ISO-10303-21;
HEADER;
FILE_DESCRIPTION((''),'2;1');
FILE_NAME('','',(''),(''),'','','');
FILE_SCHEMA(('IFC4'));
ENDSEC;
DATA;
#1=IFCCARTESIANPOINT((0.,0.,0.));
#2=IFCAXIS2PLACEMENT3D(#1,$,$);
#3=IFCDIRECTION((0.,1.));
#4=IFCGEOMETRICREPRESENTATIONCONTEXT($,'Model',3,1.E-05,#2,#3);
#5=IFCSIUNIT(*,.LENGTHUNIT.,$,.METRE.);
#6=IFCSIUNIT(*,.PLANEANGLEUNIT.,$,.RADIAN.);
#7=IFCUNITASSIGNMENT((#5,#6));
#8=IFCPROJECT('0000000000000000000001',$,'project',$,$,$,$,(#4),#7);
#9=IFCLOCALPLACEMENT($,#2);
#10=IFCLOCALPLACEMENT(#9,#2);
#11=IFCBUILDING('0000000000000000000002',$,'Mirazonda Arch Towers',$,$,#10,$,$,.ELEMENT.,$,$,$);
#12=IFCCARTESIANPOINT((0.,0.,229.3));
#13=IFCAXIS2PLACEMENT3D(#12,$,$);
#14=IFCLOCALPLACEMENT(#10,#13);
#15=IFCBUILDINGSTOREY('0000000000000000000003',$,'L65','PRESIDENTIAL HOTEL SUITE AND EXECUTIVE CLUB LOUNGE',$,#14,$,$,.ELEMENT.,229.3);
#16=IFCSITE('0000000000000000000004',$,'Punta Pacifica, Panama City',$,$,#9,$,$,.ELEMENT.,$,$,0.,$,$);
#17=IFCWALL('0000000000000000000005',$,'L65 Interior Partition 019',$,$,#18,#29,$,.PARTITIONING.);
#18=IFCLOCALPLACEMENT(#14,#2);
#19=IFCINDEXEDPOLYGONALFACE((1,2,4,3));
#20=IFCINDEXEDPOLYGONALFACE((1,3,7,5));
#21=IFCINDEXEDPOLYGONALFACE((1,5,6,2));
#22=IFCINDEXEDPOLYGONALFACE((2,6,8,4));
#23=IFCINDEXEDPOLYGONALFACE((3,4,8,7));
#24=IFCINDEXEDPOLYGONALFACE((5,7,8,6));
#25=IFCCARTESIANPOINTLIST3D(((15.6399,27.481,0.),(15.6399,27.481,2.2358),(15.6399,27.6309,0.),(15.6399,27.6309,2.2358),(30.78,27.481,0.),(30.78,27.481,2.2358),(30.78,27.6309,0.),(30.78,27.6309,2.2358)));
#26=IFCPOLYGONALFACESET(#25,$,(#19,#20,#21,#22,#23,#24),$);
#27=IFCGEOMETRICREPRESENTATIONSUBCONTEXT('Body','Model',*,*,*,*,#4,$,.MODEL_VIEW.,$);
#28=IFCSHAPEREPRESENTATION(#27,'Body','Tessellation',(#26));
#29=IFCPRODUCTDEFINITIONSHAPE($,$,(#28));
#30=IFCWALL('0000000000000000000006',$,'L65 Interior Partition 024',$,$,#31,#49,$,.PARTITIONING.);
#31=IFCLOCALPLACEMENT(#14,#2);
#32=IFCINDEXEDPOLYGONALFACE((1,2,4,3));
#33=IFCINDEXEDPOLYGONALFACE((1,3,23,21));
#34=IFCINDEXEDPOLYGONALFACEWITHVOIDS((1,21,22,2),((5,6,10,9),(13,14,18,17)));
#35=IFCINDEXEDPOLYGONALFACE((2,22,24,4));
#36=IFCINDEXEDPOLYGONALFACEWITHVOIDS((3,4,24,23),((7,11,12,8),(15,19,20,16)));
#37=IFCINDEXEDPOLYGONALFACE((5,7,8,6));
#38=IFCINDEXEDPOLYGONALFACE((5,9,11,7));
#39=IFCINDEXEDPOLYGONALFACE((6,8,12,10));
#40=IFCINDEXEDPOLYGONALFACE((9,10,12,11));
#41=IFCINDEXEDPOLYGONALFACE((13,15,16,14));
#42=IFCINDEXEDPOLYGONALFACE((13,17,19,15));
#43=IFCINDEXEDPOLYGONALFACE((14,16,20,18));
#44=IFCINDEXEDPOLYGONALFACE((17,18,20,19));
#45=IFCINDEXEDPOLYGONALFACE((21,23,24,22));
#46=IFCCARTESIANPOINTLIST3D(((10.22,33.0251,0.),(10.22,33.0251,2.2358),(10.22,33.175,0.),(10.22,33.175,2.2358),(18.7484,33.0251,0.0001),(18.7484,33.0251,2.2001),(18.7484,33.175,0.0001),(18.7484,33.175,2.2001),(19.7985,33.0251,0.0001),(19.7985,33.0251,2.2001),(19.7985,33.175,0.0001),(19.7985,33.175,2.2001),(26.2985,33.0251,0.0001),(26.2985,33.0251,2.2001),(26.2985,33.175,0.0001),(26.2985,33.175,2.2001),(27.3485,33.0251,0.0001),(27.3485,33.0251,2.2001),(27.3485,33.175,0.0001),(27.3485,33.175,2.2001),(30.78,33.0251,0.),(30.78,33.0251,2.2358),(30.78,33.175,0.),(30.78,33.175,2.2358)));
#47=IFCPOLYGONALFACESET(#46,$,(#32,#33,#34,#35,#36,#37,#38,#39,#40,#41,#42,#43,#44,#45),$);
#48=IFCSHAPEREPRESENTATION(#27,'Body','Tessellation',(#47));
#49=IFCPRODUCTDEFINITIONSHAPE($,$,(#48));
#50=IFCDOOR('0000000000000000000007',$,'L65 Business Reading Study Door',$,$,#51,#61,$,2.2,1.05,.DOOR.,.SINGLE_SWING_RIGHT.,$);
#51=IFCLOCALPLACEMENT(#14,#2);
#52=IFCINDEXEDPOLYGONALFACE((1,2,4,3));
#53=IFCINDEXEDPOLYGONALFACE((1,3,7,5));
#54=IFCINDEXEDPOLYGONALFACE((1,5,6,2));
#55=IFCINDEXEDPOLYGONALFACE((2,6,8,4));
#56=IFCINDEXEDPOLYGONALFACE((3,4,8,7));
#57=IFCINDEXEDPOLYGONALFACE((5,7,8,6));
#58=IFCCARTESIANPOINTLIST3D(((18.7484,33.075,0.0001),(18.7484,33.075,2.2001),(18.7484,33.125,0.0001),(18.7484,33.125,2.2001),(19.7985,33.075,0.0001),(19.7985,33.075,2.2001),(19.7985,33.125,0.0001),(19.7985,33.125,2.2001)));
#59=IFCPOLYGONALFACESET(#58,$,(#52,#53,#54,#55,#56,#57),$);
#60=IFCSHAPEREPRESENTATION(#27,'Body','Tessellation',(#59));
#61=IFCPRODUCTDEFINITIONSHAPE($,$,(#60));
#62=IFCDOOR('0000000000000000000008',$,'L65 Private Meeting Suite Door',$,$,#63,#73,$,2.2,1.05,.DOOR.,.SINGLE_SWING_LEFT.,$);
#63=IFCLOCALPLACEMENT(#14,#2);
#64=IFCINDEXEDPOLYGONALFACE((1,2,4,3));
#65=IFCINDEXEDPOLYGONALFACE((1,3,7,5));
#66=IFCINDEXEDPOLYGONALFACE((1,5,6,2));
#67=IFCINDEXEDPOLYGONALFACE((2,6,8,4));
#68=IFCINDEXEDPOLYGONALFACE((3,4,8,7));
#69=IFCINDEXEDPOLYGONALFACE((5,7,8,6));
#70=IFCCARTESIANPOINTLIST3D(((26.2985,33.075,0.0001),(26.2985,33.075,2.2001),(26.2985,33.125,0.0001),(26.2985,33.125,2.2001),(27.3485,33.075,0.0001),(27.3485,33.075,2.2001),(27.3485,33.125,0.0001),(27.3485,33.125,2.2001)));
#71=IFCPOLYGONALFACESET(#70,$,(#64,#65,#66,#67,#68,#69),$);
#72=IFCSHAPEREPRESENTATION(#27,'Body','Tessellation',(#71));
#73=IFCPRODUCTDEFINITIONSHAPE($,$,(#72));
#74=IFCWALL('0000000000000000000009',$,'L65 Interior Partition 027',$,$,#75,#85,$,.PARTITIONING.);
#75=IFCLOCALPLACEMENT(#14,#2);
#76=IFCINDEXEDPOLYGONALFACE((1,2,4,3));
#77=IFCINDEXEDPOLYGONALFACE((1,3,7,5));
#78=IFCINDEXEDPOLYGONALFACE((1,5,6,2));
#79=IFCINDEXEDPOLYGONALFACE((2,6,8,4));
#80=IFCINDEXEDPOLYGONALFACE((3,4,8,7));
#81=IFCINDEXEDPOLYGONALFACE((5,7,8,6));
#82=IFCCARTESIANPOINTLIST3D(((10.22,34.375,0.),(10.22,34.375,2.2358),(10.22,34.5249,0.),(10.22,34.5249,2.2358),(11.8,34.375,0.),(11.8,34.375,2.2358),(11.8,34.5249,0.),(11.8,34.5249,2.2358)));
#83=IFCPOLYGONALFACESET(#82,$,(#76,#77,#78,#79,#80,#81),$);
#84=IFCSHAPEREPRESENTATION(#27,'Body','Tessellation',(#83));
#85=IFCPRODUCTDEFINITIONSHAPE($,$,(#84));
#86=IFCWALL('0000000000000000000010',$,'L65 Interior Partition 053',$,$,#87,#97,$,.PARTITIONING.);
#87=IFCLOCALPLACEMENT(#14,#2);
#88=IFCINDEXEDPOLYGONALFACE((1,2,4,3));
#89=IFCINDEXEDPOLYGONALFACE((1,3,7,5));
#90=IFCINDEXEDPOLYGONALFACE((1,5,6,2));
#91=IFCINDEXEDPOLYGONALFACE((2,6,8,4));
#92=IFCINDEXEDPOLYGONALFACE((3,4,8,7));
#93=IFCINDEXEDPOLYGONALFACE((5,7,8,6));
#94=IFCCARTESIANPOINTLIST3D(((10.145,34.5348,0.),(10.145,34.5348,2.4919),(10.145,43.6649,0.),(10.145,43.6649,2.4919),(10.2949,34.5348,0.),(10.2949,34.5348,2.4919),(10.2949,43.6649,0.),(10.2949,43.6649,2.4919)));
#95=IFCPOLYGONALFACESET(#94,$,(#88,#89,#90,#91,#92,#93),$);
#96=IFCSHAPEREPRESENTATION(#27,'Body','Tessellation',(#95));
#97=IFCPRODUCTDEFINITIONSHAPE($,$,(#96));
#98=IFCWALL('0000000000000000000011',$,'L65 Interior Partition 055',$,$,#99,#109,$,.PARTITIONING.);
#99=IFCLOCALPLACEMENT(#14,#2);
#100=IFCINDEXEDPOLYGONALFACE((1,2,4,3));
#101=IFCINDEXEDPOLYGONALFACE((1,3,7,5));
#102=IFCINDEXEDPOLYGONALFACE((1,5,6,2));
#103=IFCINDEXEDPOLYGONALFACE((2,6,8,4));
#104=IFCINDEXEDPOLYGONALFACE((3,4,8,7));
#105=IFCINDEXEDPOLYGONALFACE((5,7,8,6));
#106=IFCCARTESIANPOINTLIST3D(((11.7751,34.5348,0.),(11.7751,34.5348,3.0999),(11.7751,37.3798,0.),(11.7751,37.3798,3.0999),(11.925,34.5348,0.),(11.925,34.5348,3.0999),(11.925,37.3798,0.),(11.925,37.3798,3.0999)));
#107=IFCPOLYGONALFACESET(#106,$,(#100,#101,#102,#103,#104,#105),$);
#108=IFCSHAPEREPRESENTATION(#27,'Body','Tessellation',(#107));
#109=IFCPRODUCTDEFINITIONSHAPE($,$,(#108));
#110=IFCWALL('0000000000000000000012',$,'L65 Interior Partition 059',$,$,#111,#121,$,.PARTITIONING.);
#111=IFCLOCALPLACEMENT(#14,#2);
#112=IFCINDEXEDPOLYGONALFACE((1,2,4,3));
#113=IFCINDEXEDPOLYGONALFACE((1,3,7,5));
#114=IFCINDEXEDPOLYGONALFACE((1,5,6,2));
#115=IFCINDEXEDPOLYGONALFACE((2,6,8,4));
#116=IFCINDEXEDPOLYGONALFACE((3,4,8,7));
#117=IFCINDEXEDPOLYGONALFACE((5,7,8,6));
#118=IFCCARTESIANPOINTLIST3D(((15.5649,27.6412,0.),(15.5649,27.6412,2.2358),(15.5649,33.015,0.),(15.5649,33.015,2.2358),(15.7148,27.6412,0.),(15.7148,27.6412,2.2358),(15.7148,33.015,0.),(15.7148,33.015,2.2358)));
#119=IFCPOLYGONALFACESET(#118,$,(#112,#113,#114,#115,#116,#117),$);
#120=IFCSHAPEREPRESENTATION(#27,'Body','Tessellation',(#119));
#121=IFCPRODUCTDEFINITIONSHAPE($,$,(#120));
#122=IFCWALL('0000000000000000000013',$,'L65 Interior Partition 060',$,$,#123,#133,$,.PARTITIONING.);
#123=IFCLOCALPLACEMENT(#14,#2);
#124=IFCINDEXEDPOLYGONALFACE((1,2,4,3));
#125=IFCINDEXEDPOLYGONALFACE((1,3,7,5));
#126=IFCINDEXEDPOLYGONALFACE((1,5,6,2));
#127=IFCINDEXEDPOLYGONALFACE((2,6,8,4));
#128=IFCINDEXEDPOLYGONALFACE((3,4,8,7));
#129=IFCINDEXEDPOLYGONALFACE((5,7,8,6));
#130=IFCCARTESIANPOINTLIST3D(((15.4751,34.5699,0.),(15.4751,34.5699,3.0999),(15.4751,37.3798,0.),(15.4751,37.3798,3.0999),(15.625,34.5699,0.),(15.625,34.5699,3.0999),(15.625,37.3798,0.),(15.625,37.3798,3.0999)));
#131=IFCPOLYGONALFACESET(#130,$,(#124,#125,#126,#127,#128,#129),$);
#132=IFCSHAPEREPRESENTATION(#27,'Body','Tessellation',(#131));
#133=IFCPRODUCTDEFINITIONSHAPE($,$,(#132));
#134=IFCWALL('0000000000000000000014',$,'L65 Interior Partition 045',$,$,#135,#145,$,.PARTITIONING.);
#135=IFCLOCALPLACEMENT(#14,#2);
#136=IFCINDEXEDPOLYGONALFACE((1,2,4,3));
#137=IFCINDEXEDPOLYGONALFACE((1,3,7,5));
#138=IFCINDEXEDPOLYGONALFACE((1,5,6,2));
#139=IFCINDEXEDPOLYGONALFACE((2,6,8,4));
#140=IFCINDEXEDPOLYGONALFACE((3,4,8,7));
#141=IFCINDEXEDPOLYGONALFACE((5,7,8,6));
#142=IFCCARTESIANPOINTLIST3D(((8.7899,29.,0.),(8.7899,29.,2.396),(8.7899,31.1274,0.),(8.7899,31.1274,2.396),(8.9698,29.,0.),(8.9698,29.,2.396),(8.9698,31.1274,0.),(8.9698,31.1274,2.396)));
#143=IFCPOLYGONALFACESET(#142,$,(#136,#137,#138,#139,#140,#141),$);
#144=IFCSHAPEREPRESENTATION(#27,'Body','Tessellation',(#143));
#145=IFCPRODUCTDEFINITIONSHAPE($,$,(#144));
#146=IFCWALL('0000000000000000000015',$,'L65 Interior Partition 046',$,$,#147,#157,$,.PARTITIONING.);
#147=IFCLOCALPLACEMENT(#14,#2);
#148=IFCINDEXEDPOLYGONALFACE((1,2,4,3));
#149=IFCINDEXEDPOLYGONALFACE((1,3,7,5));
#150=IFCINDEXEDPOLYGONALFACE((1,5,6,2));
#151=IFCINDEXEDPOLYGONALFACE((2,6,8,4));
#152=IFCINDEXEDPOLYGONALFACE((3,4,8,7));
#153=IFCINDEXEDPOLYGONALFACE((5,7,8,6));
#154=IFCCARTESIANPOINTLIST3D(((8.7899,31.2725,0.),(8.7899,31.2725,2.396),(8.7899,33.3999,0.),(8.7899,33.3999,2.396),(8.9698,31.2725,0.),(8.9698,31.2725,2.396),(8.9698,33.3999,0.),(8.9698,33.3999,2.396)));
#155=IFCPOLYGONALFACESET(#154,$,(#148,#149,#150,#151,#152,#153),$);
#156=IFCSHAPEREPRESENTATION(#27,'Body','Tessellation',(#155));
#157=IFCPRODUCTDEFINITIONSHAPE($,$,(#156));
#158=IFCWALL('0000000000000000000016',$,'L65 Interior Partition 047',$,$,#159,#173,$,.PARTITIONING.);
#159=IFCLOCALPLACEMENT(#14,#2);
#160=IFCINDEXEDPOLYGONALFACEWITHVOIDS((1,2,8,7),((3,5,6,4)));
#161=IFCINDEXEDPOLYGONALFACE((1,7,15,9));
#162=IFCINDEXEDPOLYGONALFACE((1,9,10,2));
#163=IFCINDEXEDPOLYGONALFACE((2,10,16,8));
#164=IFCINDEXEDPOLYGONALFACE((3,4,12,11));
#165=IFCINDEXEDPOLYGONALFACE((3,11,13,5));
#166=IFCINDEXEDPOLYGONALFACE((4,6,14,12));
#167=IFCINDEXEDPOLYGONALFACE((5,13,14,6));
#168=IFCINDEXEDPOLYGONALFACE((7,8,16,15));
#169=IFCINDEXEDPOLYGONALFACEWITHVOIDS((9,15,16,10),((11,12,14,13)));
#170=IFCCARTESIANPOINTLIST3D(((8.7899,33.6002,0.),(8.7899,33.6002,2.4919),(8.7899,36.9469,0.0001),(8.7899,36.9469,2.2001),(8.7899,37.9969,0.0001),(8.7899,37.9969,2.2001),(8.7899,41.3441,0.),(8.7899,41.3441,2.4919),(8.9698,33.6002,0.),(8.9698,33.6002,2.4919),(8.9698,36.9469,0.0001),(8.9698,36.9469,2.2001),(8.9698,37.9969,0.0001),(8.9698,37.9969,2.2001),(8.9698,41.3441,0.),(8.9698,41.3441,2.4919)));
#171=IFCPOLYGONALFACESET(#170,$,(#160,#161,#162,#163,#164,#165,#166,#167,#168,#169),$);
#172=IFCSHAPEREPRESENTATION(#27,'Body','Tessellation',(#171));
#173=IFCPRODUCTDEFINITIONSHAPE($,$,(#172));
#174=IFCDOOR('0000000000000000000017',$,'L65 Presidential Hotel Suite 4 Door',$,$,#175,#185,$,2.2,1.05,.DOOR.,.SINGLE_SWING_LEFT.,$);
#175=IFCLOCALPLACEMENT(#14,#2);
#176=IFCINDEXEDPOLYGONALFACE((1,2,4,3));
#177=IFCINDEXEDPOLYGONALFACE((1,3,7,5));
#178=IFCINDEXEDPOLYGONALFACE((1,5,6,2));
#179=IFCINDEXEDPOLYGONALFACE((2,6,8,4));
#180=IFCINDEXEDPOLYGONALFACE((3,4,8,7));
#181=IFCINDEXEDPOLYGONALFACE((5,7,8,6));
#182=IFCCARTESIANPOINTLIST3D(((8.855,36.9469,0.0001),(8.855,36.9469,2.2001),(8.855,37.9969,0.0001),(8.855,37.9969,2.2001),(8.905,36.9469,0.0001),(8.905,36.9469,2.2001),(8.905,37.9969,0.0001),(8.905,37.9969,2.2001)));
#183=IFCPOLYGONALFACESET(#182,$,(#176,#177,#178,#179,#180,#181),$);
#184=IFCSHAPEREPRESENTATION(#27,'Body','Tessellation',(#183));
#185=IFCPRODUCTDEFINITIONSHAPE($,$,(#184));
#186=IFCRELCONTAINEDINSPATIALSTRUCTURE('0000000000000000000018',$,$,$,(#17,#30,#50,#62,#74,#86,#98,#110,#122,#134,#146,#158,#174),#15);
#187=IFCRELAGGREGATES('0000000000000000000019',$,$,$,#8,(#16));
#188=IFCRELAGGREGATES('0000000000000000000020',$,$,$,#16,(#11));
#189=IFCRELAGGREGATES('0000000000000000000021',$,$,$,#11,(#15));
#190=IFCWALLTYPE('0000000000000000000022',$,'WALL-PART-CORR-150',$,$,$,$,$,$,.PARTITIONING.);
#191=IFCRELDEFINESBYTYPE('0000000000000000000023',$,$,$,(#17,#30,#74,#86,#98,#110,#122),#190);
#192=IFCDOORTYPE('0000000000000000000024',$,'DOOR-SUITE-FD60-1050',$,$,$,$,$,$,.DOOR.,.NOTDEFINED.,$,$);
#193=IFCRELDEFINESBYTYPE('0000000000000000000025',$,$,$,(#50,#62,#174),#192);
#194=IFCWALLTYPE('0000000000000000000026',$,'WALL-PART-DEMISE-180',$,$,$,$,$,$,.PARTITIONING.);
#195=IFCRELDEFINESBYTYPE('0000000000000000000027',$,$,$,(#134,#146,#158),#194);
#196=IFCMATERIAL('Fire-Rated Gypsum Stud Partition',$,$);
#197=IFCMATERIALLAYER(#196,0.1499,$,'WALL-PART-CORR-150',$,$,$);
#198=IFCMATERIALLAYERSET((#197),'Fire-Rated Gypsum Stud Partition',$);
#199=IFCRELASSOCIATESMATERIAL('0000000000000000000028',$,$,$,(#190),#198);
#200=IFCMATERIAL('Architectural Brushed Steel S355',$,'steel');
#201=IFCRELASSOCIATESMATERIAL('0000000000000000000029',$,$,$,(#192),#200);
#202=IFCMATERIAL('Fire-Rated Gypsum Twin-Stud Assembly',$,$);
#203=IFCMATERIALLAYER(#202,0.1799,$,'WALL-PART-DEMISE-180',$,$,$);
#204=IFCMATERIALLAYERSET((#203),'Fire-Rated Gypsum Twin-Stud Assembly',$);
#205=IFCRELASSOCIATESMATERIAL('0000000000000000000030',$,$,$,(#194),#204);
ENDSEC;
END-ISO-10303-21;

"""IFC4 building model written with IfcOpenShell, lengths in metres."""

from ifc_helpers import new_model, si_unit, direction, frame, frame_2d, origin, place, context, subcontext, project, spatial, rectangle, extrude, material, layer, layer_set, type_object, element, fill, save


model = new_model("IFC4")

# Units and contexts
model_context = context("Model", 3, precision=1e-05, world=origin(), true_north=direction((0.0, 1.0)))
body_context = subcontext(model_context, "Body", "Model", "MODEL_VIEW")
ifc_project = project(units=[si_unit("LENGTHUNIT", "METRE"), si_unit("PLANEANGLEUNIT", "RADIAN")], contexts=[model_context])

# Site, building, storey
site_placement = place(None, origin())
site = spatial("IfcSite", under=ifc_project, at=site_placement, Name="Punta Pacifica, Panama City", CompositionType="ELEMENT", RefElevation=0.0)
building_placement = place(site_placement, origin())
building = spatial("IfcBuilding", under=site, at=building_placement, Name="Mirazonda Arch Towers", CompositionType="ELEMENT")
storey_placement = place(building_placement, frame((0.0, 0.0, 229.3)))
storey = spatial("IfcBuildingStorey", under=building, at=storey_placement, Name="L65", Description="PRESIDENTIAL HOTEL SUITE AND EXECUTIVE CLUB LOUNGE", CompositionType="ELEMENT", Elevation=229.3)

# Shared definitions
ifc_material_1 = material(Name="Architectural Brushed Steel S355", Category="steel")

# Wall
ifc_material_2 = material(Name="Fire-Rated Gypsum Stud Partition")
ifc_layer_1 = layer(ifc_material_2, 0.1499, Name="WALL-PART-CORR-150")
ifc_layer_set_1 = layer_set([ifc_layer_1], Name="Fire-Rated Gypsum Stud Partition")
wall_type_1 = type_object("IfcWallType", Name="WALL-PART-CORR-150", PredefinedType="PARTITIONING", material=ifc_layer_set_1)
wall_1_placement = place(storey_placement, frame((15.6399, 27.5559, 0.0), z_axis=(0.0, 0.0, 1.0), x_axis=(1.0, 0.0, 0.0)))
element("IfcWall", 1, at=wall_1_placement, inside=storey, type_object=wall_type_1, Name="L65 Interior Partition 019", PredefinedType="PARTITIONING", context=body_context, shape_type="SweptSolid", body=[
    extrude(rectangle(XDim=15.1401, YDim=0.1499, at=frame_2d((7.5701, 0.0))), origin(), (0.0, 0.0, 1.0), 2.2358),
])

# Wall, openings, doors
wall_2_placement = place(storey_placement, frame((10.22, 33.1001, 0.0), z_axis=(0.0, 0.0, 1.0), x_axis=(1.0, 0.0, 0.0)))
wall_2 = element("IfcWall", 2, at=wall_2_placement, inside=storey, type_object=wall_type_1, Name="L65 Interior Partition 024", PredefinedType="PARTITIONING", context=body_context, shape_type="SweptSolid", body=[
    extrude(rectangle(XDim=20.5601, YDim=0.1499, at=frame_2d((10.28, 0.0))), origin(), (0.0, 0.0, 1.0), 2.2358),
])
opening_1_placement = place(wall_2_placement, frame((8.5286, 0.0, 0.0)))
opening_1 = element("IfcOpeningElement", 3, at=opening_1_placement, cuts=wall_2, PredefinedType="OPENING", context=body_context, shape_type="SweptSolid", body=[
    extrude(rectangle(XDim=1.05, YDim=2.2, at=frame_2d((0.5249, 1.1001))), frame((0.0, 0.085, 0.0), z_axis=(0.0, -1.0, 0.0), x_axis=(1.0, 0.0, 0.0)), (0.0, 0.0, 1.0), 0.1699),
])
opening_2_placement = place(wall_2_placement, frame((16.0786, 0.0, 0.0)))
opening_2 = element("IfcOpeningElement", 4, at=opening_2_placement, cuts=wall_2, PredefinedType="OPENING", context=body_context, shape_type="SweptSolid", body=[
    extrude(rectangle(XDim=1.05, YDim=2.2, at=frame_2d((0.5249, 1.1001))), frame((0.0, 0.085, 0.0), z_axis=(0.0, -1.0, 0.0), x_axis=(1.0, 0.0, 0.0)), (0.0, 0.0, 1.0), 0.1699),
])
door_type_1 = type_object("IfcDoorType", Name="DOOR-SUITE-FD60-1050", OperationType="NOTDEFINED", PredefinedType="DOOR", material=ifc_material_1)
door_1_placement = place(opening_1_placement, origin())
door_1 = element("IfcDoor", 5, at=door_1_placement, inside=storey, type_object=door_type_1, Name="L65 Business Reading Study Door", OperationType="SINGLE_SWING_RIGHT", OverallHeight=2.2, OverallWidth=1.05, PredefinedType="DOOR", context=body_context, shape_type="SweptSolid", body=[
    extrude(rectangle(XDim=1.05, YDim=2.2, at=frame_2d((0.5249, 1.1001))), frame((0.0, 0.0249, 0.0), z_axis=(0.0, -1.0, 0.0), x_axis=(1.0, 0.0, 0.0)), (0.0, 0.0, 1.0), 0.05),
])
fill(opening_1, door_1)
door_2_placement = place(opening_2_placement, origin())
door_2 = element("IfcDoor", 6, at=door_2_placement, inside=storey, type_object=door_type_1, Name="L65 Private Meeting Suite Door", OperationType="SINGLE_SWING_LEFT", OverallHeight=2.2, OverallWidth=1.05, PredefinedType="DOOR", context=body_context, shape_type="SweptSolid", body=[
    extrude(rectangle(XDim=1.05, YDim=2.2, at=frame_2d((0.5249, 1.1001))), frame((0.0, 0.0249, 0.0), z_axis=(0.0, -1.0, 0.0), x_axis=(1.0, 0.0, 0.0)), (0.0, 0.0, 1.0), 0.05),
])
fill(opening_2, door_2)

# Walls
wall_3_placement = place(storey_placement, frame((10.22, 34.45, 0.0), z_axis=(0.0, 0.0, 1.0), x_axis=(1.0, 0.0, 0.0)))
element("IfcWall", 7, at=wall_3_placement, inside=storey, type_object=wall_type_1, Name="L65 Interior Partition 027", PredefinedType="PARTITIONING", context=body_context, shape_type="SweptSolid", body=[
    extrude(rectangle(XDim=1.5801, YDim=0.1499, at=frame_2d((0.79, 0.0))), origin(), (0.0, 0.0, 1.0), 2.2358),
])
wall_4_placement = place(storey_placement, frame((10.22, 34.5349, 0.0), z_axis=(0.0, 0.0, 1.0), x_axis=(0.0, 1.0, 0.0)))
element("IfcWall", 8, at=wall_4_placement, inside=storey, type_object=wall_type_1, Name="L65 Interior Partition 053", PredefinedType="PARTITIONING", context=body_context, shape_type="SweptSolid", body=[
    extrude(rectangle(XDim=9.1301, YDim=0.1499, at=frame_2d((4.5649, 0.0))), origin(), (0.0, 0.0, 1.0), 2.4919),
])
wall_5_placement = place(storey_placement, frame((11.8501, 34.5349, 0.0), z_axis=(0.0, 0.0, 1.0), x_axis=(0.0, 1.0, 0.0)))
element("IfcWall", 9, at=wall_5_placement, inside=storey, type_object=wall_type_1, Name="L65 Interior Partition 055", PredefinedType="PARTITIONING", context=body_context, shape_type="SweptSolid", body=[
    extrude(rectangle(XDim=2.845, YDim=0.1499, at=frame_2d((1.4224, 0.0))), origin(), (0.0, 0.0, 1.0), 3.0999),
])
wall_6_placement = place(storey_placement, frame((15.6399, 27.6411, 0.0), z_axis=(0.0, 0.0, 1.0), x_axis=(0.0, 1.0, 0.0)))
element("IfcWall", 10, at=wall_6_placement, inside=storey, type_object=wall_type_1, Name="L65 Interior Partition 059", PredefinedType="PARTITIONING", context=body_context, shape_type="SweptSolid", body=[
    extrude(rectangle(XDim=5.3738, YDim=0.1499, at=frame_2d((2.687, 0.0))), origin(), (0.0, 0.0, 1.0), 2.2358),
])
wall_7_placement = place(storey_placement, frame((15.55, 34.5701, 0.0), z_axis=(0.0, 0.0, 1.0), x_axis=(0.0, 1.0, 0.0)))
element("IfcWall", 11, at=wall_7_placement, inside=storey, type_object=wall_type_1, Name="L65 Interior Partition 060", PredefinedType="PARTITIONING", context=body_context, shape_type="SweptSolid", body=[
    extrude(rectangle(XDim=2.8098, YDim=0.1499, at=frame_2d((1.4048, 0.0))), origin(), (0.0, 0.0, 1.0), 3.0999),
])
ifc_material_3 = material(Name="Fire-Rated Gypsum Twin-Stud Assembly")
ifc_layer_2 = layer(ifc_material_3, 0.1799, Name="WALL-PART-DEMISE-180")
ifc_layer_set_2 = layer_set([ifc_layer_2], Name="Fire-Rated Gypsum Twin-Stud Assembly")
wall_type_2 = type_object("IfcWallType", Name="WALL-PART-DEMISE-180", PredefinedType="PARTITIONING", material=ifc_layer_set_2)
for number, where, z_axis, x_axis, name in (
    (12, (8.8799, 29.0, 0.0), (0.0, 0.0, 1.0), (0.0, 1.0, 0.0), "L65 Interior Partition 045"),
    (13, (8.8799, 31.2725, 0.0), (0.0, 0.0, 1.0), (0.0, 1.0, 0.0), "L65 Interior Partition 046"),
):
    element("IfcWall", number, at=place(storey_placement, frame(where, z_axis=z_axis, x_axis=x_axis)), inside=storey, type_object=wall_type_2, Name=name, PredefinedType="PARTITIONING", context=body_context, shape_type="SweptSolid", body=[
        extrude(rectangle(XDim=2.1274, YDim=0.1799, at=frame_2d((1.0637, 0.0))), origin(), (0.0, 0.0, 1.0), 2.396),
    ])

# Wall, opening, door
wall_8_placement = place(storey_placement, frame((8.8799, 33.6001, 0.0), z_axis=(0.0, 0.0, 1.0), x_axis=(0.0, 1.0, 0.0)))
wall_8 = element("IfcWall", 14, at=wall_8_placement, inside=storey, type_object=wall_type_2, Name="L65 Interior Partition 047", PredefinedType="PARTITIONING", context=body_context, shape_type="SweptSolid", body=[
    extrude(rectangle(XDim=7.7439, YDim=0.1799, at=frame_2d((3.8721, 0.0))), origin(), (0.0, 0.0, 1.0), 2.4919),
])
opening_3_placement = place(wall_8_placement, frame((3.3469, 0.0, 0.0)))
opening_3 = element("IfcOpeningElement", 15, at=opening_3_placement, cuts=wall_8, PredefinedType="OPENING", context=body_context, shape_type="SweptSolid", body=[
    extrude(rectangle(XDim=1.05, YDim=2.2, at=frame_2d((0.5249, 1.1001))), frame((0.0, 0.0999, 0.0), z_axis=(0.0, -1.0, 0.0), x_axis=(1.0, 0.0, 0.0)), (0.0, 0.0, 1.0), 0.2),
])
door_3_placement = place(opening_3_placement, origin())
door_3 = element("IfcDoor", 16, at=door_3_placement, inside=storey, type_object=door_type_1, Name="L65 Presidential Hotel Suite 4 Door", OperationType="SINGLE_SWING_LEFT", OverallHeight=2.2, OverallWidth=1.05, PredefinedType="DOOR", context=body_context, shape_type="SweptSolid", body=[
    extrude(rectangle(XDim=1.05, YDim=2.2, at=frame_2d((0.5249, 1.1001))), frame((0.0, 0.0249, 0.0), z_axis=(0.0, -1.0, 0.0), x_axis=(1.0, 0.0, 0.0)), (0.0, 0.0, 1.0), 0.05),
])
fill(opening_3, door_3)

save(model, "model.ifc")
